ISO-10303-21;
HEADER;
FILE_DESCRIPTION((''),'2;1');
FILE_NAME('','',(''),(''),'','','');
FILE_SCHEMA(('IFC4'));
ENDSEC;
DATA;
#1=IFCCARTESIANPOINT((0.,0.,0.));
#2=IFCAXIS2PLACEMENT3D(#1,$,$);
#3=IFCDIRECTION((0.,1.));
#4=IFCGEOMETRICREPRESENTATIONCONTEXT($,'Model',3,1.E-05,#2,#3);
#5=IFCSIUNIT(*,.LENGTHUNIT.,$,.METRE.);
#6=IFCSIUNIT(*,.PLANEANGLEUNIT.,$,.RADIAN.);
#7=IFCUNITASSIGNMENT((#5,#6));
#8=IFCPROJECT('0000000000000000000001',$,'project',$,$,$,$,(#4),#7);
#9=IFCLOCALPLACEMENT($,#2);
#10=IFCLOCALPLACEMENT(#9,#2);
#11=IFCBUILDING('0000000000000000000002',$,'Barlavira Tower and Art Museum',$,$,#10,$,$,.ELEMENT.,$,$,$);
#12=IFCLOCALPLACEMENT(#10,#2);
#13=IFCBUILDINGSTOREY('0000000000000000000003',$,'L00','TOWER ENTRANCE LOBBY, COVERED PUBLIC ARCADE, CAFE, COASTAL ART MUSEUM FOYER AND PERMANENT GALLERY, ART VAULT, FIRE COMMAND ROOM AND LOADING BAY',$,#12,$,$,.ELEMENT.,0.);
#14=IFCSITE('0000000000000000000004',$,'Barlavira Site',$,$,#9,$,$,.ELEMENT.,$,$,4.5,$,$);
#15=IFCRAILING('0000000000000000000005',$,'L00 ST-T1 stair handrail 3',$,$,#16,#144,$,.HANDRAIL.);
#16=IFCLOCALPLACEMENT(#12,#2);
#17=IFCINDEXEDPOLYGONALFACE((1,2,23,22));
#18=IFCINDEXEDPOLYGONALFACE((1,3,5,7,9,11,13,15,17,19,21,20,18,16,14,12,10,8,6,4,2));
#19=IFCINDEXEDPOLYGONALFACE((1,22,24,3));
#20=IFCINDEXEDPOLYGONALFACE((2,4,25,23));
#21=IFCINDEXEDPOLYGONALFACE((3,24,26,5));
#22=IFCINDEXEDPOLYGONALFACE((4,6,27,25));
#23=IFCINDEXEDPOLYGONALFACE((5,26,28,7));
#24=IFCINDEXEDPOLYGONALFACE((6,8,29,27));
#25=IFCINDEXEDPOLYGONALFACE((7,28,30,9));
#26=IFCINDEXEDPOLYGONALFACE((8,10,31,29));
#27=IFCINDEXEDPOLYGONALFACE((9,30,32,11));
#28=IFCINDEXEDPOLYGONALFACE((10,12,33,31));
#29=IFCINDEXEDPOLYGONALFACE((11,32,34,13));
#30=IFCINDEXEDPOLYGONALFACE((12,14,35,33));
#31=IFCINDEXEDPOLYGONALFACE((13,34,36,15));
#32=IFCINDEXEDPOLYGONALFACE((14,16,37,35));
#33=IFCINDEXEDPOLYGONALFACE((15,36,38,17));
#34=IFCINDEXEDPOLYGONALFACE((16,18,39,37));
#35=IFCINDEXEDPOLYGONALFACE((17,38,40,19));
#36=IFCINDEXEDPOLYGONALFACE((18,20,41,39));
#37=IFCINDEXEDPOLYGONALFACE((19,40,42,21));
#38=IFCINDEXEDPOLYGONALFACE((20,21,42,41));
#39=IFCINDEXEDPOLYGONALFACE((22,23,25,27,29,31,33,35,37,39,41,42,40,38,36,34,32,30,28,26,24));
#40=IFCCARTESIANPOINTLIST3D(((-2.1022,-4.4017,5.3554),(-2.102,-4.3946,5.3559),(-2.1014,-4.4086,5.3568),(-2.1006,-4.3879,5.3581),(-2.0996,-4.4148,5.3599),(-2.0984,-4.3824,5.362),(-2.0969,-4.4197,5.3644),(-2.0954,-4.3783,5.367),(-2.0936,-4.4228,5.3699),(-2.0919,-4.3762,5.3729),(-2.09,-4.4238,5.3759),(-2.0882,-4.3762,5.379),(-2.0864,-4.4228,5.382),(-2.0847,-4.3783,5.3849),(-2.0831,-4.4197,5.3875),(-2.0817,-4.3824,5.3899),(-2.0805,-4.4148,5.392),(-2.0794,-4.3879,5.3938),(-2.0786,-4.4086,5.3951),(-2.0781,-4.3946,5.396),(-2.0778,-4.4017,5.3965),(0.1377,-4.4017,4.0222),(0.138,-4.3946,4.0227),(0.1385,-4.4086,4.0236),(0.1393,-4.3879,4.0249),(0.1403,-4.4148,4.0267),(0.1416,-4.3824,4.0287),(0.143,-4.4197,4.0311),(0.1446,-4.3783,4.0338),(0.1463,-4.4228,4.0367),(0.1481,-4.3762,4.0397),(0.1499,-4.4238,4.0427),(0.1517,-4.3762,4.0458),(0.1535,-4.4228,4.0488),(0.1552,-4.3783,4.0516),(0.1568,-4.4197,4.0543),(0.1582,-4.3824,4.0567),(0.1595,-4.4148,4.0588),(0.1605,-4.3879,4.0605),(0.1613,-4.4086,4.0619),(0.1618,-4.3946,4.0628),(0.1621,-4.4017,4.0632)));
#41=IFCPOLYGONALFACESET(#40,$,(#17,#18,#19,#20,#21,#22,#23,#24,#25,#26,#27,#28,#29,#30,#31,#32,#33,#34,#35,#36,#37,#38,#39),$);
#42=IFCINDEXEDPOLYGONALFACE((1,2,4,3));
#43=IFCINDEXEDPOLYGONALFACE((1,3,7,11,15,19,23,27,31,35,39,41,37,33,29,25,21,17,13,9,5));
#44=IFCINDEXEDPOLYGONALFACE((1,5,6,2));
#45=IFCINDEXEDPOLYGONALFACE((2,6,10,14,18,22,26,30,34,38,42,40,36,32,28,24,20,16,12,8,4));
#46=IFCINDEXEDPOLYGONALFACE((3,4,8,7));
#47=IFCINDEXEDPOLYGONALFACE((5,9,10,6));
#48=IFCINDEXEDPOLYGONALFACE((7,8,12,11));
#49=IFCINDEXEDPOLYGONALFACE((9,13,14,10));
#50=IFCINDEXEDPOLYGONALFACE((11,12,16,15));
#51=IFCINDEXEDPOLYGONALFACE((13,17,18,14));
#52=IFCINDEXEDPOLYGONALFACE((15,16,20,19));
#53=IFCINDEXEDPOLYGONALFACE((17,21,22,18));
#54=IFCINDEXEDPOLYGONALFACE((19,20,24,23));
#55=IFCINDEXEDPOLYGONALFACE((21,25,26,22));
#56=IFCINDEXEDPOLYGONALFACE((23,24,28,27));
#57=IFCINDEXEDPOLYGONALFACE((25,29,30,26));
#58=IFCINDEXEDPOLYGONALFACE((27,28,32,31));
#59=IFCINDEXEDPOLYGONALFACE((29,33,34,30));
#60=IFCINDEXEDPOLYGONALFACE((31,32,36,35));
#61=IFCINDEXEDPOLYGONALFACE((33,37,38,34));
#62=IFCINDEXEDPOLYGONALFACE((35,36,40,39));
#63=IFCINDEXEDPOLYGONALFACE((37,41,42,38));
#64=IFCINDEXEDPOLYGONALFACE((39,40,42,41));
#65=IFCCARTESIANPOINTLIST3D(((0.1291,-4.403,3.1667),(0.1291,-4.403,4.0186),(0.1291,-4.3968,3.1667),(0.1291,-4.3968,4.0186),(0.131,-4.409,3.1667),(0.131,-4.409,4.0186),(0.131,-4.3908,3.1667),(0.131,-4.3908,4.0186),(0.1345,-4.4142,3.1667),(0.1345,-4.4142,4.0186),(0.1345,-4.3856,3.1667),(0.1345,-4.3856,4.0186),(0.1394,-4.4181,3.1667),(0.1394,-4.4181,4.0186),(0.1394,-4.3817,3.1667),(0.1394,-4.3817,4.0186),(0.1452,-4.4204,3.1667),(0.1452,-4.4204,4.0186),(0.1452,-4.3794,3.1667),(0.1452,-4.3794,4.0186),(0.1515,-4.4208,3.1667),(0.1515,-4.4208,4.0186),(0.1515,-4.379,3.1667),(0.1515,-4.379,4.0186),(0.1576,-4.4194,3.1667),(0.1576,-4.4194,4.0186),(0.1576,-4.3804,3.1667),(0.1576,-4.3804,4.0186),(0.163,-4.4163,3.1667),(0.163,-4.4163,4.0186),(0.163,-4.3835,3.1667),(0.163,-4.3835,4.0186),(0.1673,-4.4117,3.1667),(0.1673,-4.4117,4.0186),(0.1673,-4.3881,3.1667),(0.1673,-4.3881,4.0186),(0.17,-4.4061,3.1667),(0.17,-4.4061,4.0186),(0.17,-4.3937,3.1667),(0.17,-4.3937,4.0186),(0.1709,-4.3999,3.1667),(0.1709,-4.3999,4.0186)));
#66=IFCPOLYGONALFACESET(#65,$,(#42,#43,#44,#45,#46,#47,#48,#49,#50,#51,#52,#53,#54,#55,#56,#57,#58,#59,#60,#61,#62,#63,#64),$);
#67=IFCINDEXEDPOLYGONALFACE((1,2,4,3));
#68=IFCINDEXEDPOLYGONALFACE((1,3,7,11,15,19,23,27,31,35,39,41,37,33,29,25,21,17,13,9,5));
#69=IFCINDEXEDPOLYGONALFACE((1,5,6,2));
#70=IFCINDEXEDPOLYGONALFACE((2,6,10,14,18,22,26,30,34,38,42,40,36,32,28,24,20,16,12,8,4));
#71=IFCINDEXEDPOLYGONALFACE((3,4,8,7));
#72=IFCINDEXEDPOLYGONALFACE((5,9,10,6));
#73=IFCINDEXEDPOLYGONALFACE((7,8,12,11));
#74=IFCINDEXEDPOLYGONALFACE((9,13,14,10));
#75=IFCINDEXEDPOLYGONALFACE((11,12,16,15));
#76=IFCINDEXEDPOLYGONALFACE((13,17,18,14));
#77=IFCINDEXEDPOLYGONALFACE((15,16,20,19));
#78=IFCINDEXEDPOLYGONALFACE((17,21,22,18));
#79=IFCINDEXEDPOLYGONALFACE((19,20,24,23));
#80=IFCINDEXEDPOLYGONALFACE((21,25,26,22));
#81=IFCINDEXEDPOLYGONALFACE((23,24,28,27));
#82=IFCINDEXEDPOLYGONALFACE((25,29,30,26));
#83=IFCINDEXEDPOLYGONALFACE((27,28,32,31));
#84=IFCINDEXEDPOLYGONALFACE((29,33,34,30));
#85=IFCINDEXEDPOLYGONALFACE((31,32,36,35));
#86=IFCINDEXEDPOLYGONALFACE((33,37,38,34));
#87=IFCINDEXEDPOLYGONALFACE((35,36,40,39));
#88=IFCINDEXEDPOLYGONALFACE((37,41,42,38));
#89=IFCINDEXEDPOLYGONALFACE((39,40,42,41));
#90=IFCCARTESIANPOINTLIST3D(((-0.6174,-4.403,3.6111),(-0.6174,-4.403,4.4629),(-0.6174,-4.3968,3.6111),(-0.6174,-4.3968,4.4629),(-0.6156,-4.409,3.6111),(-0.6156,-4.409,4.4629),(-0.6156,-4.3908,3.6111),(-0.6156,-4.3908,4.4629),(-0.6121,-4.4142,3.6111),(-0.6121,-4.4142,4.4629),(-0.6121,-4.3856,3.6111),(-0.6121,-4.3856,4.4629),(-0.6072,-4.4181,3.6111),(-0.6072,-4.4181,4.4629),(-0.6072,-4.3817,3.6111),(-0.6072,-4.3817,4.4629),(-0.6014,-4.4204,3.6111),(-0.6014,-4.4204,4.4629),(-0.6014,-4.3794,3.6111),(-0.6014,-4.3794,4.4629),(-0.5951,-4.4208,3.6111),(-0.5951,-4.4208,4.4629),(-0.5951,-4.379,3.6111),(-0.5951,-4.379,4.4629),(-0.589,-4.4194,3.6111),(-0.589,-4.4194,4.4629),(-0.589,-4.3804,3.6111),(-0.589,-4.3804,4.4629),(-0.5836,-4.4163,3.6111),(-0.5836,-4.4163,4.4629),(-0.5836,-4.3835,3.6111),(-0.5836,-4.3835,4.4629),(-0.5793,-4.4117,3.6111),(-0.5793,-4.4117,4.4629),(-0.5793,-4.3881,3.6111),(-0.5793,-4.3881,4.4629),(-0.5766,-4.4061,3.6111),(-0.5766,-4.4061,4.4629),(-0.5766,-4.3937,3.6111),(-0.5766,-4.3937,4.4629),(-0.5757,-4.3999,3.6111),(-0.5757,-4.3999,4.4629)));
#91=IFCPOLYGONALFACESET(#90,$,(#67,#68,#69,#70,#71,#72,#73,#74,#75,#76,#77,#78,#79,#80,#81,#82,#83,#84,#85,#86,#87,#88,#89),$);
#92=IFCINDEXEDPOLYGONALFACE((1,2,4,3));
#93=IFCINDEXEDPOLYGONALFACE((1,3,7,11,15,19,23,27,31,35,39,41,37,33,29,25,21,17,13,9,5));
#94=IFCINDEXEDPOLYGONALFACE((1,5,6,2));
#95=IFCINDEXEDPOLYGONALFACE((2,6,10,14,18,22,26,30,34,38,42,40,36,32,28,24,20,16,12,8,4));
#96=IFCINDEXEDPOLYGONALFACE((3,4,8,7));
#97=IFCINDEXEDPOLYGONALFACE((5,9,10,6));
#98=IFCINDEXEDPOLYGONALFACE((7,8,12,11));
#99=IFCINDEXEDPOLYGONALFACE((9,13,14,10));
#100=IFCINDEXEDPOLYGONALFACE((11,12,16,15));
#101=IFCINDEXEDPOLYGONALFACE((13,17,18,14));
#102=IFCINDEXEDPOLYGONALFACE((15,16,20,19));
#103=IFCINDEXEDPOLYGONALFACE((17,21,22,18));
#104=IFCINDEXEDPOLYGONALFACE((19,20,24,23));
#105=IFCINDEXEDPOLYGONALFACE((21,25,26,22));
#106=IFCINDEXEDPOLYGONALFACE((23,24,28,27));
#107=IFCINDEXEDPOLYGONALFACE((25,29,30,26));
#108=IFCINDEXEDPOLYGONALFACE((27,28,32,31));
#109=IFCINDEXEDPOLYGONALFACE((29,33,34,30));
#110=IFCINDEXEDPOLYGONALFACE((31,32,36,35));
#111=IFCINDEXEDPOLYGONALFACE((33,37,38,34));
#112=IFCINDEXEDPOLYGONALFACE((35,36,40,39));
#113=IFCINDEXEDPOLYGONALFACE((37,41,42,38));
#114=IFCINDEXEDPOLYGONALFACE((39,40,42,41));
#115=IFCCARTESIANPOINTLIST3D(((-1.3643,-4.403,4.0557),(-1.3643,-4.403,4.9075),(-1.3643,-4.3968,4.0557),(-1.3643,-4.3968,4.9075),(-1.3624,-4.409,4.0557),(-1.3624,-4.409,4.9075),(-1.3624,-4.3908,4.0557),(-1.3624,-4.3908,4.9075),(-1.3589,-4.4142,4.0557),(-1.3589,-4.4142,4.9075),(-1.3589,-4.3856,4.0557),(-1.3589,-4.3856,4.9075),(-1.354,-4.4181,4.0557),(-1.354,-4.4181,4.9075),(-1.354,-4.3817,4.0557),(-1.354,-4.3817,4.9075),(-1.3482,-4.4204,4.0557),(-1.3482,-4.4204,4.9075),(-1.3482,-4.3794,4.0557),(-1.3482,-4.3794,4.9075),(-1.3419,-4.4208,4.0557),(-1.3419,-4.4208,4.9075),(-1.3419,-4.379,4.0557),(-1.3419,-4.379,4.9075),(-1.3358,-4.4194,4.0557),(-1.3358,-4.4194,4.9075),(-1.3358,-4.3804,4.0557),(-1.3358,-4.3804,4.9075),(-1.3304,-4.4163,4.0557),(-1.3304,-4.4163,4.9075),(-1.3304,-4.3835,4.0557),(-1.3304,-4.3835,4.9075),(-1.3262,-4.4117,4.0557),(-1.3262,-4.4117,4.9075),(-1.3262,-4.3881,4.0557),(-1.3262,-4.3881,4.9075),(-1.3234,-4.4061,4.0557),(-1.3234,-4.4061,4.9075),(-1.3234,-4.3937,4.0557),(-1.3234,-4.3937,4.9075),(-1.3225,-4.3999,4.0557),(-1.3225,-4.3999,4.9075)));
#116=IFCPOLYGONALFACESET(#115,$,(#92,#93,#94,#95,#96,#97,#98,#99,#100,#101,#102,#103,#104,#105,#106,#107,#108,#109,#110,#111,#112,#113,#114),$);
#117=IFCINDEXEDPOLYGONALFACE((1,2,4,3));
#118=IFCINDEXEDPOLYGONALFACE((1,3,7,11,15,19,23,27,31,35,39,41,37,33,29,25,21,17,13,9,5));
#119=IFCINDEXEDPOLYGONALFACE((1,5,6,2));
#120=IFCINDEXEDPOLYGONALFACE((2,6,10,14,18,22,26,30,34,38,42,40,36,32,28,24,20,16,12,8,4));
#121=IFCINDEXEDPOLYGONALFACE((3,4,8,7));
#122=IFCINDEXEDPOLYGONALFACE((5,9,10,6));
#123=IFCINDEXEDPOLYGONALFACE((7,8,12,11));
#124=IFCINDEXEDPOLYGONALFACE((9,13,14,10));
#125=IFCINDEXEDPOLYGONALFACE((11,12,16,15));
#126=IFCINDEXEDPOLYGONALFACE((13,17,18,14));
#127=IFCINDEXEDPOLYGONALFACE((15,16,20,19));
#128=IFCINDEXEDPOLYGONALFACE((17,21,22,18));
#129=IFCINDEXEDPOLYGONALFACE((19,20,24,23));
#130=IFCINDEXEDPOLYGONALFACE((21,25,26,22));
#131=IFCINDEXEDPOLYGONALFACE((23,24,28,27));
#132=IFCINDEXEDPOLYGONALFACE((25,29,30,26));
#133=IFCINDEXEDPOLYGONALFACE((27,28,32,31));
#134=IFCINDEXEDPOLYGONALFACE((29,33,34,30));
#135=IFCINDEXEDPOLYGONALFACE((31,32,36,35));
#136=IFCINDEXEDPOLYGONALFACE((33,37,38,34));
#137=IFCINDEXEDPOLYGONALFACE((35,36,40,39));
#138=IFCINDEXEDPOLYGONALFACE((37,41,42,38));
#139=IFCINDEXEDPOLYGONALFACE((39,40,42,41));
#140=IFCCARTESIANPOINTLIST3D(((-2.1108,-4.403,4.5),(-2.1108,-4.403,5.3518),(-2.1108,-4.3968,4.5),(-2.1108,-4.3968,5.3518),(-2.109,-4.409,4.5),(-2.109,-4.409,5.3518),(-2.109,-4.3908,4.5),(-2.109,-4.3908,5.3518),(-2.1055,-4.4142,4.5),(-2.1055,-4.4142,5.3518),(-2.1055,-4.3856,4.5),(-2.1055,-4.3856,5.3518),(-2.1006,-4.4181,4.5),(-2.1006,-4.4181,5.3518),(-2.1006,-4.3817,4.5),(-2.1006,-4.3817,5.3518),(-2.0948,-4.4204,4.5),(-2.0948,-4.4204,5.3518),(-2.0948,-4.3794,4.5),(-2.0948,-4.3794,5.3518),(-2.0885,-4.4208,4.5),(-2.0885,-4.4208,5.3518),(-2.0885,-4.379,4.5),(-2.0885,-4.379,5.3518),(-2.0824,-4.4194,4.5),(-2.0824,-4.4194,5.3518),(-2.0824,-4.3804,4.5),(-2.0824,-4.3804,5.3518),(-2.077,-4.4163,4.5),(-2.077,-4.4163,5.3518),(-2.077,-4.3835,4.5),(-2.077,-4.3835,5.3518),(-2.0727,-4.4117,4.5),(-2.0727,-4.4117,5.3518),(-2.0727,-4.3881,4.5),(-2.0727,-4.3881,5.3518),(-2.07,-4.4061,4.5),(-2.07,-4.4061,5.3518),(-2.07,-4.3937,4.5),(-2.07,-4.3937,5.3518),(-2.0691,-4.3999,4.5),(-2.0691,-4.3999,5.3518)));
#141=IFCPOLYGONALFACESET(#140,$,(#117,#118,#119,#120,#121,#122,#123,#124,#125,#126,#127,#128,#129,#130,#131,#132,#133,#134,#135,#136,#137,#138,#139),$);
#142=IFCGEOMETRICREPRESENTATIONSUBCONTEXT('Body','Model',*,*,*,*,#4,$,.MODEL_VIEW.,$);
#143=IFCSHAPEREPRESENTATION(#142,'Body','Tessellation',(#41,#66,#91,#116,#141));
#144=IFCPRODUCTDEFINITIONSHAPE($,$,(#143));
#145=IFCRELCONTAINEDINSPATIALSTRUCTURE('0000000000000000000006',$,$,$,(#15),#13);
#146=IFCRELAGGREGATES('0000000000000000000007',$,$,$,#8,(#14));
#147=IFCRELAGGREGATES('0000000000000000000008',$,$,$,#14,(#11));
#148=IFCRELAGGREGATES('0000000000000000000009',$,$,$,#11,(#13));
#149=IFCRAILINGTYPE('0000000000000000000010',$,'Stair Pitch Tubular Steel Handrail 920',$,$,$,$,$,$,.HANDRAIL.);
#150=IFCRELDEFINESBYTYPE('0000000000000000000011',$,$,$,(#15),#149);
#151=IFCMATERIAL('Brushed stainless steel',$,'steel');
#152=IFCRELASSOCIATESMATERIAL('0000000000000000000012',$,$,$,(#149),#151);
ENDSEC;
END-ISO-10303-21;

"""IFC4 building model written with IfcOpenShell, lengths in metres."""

from ifc_helpers import new_model, si_unit, direction, frame, origin, origin_2d, place, context, subcontext, project, spatial, circle, extrude, material, type_object, element, save


model = new_model("IFC4")

# Units and contexts
model_context = context("Model", 3, precision=1e-05, world=origin(), true_north=direction((0.0, 1.0)))
body_context = subcontext(model_context, "Body", "Model", "MODEL_VIEW")
ifc_project = project(units=[si_unit("LENGTHUNIT", "METRE"), si_unit("PLANEANGLEUNIT", "RADIAN")], contexts=[model_context])

# Site, building, storey
site_placement = place(None, origin())
site = spatial("IfcSite", under=ifc_project, at=site_placement, Name="Barlavira Site", CompositionType="ELEMENT", RefElevation=4.5)
building_placement = place(site_placement, origin())
building = spatial("IfcBuilding", under=site, at=building_placement, Name="Barlavira Tower and Art Museum", CompositionType="ELEMENT")
storey_placement = place(building_placement, origin())
storey = spatial("IfcBuildingStorey", under=building, at=storey_placement, Name="L00", Description="TOWER ENTRANCE LOBBY, COVERED PUBLIC ARCADE, CAFE, COASTAL ART MUSEUM FOYER AND PERMANENT GALLERY, ART VAULT, FIRE COMMAND ROOM AND LOADING BAY", CompositionType="ELEMENT", Elevation=0.0)

# Shared definitions
ifc_material_1 = material(Name="Brushed stainless steel", Category="steel")

# Railing
railing_type_1 = type_object("IfcRailingType", Name="Stair Pitch Tubular Steel Handrail 920", PredefinedType="HANDRAIL", material=ifc_material_1)
for number, where, name in (
    (1, (0.1499, -4.3999, 3.1667), "L00 ST-T1 stair handrail 3"),
):
    element("IfcRailing", number, at=place(storey_placement, frame(where)), inside=storey, type_object=railing_type_1, Name=name, PredefinedType="HANDRAIL", context=body_context, shape_type="SweptSolid", body=[
        extrude(circle(Radius=0.0239, at=origin_2d()), frame((0.0, 0.0, 0.876), z_axis=(-0.859306, 0.0, 0.511462), x_axis=(0.0, -1.0, 0.0)), (0.0, 0.0, 1.0), 2.6067),
        extrude(circle(Radius=0.021, at=origin_2d()), origin(), (0.0, 0.0, 1.0), 0.8518),
        extrude(circle(Radius=0.021, at=origin_2d()), frame((-0.7466, 0.0, 0.4443)), (0.0, 0.0, 1.0), 0.8518),
        extrude(circle(Radius=0.021, at=origin_2d()), frame((-1.4934, 0.0, 0.8889)), (0.0, 0.0, 1.0), 0.8518),
        extrude(circle(Radius=0.021, at=origin_2d()), frame((-2.24, 0.0, 1.3333)), (0.0, 0.0, 1.0), 0.8518),
    ])

save(model, "model.ifc")
